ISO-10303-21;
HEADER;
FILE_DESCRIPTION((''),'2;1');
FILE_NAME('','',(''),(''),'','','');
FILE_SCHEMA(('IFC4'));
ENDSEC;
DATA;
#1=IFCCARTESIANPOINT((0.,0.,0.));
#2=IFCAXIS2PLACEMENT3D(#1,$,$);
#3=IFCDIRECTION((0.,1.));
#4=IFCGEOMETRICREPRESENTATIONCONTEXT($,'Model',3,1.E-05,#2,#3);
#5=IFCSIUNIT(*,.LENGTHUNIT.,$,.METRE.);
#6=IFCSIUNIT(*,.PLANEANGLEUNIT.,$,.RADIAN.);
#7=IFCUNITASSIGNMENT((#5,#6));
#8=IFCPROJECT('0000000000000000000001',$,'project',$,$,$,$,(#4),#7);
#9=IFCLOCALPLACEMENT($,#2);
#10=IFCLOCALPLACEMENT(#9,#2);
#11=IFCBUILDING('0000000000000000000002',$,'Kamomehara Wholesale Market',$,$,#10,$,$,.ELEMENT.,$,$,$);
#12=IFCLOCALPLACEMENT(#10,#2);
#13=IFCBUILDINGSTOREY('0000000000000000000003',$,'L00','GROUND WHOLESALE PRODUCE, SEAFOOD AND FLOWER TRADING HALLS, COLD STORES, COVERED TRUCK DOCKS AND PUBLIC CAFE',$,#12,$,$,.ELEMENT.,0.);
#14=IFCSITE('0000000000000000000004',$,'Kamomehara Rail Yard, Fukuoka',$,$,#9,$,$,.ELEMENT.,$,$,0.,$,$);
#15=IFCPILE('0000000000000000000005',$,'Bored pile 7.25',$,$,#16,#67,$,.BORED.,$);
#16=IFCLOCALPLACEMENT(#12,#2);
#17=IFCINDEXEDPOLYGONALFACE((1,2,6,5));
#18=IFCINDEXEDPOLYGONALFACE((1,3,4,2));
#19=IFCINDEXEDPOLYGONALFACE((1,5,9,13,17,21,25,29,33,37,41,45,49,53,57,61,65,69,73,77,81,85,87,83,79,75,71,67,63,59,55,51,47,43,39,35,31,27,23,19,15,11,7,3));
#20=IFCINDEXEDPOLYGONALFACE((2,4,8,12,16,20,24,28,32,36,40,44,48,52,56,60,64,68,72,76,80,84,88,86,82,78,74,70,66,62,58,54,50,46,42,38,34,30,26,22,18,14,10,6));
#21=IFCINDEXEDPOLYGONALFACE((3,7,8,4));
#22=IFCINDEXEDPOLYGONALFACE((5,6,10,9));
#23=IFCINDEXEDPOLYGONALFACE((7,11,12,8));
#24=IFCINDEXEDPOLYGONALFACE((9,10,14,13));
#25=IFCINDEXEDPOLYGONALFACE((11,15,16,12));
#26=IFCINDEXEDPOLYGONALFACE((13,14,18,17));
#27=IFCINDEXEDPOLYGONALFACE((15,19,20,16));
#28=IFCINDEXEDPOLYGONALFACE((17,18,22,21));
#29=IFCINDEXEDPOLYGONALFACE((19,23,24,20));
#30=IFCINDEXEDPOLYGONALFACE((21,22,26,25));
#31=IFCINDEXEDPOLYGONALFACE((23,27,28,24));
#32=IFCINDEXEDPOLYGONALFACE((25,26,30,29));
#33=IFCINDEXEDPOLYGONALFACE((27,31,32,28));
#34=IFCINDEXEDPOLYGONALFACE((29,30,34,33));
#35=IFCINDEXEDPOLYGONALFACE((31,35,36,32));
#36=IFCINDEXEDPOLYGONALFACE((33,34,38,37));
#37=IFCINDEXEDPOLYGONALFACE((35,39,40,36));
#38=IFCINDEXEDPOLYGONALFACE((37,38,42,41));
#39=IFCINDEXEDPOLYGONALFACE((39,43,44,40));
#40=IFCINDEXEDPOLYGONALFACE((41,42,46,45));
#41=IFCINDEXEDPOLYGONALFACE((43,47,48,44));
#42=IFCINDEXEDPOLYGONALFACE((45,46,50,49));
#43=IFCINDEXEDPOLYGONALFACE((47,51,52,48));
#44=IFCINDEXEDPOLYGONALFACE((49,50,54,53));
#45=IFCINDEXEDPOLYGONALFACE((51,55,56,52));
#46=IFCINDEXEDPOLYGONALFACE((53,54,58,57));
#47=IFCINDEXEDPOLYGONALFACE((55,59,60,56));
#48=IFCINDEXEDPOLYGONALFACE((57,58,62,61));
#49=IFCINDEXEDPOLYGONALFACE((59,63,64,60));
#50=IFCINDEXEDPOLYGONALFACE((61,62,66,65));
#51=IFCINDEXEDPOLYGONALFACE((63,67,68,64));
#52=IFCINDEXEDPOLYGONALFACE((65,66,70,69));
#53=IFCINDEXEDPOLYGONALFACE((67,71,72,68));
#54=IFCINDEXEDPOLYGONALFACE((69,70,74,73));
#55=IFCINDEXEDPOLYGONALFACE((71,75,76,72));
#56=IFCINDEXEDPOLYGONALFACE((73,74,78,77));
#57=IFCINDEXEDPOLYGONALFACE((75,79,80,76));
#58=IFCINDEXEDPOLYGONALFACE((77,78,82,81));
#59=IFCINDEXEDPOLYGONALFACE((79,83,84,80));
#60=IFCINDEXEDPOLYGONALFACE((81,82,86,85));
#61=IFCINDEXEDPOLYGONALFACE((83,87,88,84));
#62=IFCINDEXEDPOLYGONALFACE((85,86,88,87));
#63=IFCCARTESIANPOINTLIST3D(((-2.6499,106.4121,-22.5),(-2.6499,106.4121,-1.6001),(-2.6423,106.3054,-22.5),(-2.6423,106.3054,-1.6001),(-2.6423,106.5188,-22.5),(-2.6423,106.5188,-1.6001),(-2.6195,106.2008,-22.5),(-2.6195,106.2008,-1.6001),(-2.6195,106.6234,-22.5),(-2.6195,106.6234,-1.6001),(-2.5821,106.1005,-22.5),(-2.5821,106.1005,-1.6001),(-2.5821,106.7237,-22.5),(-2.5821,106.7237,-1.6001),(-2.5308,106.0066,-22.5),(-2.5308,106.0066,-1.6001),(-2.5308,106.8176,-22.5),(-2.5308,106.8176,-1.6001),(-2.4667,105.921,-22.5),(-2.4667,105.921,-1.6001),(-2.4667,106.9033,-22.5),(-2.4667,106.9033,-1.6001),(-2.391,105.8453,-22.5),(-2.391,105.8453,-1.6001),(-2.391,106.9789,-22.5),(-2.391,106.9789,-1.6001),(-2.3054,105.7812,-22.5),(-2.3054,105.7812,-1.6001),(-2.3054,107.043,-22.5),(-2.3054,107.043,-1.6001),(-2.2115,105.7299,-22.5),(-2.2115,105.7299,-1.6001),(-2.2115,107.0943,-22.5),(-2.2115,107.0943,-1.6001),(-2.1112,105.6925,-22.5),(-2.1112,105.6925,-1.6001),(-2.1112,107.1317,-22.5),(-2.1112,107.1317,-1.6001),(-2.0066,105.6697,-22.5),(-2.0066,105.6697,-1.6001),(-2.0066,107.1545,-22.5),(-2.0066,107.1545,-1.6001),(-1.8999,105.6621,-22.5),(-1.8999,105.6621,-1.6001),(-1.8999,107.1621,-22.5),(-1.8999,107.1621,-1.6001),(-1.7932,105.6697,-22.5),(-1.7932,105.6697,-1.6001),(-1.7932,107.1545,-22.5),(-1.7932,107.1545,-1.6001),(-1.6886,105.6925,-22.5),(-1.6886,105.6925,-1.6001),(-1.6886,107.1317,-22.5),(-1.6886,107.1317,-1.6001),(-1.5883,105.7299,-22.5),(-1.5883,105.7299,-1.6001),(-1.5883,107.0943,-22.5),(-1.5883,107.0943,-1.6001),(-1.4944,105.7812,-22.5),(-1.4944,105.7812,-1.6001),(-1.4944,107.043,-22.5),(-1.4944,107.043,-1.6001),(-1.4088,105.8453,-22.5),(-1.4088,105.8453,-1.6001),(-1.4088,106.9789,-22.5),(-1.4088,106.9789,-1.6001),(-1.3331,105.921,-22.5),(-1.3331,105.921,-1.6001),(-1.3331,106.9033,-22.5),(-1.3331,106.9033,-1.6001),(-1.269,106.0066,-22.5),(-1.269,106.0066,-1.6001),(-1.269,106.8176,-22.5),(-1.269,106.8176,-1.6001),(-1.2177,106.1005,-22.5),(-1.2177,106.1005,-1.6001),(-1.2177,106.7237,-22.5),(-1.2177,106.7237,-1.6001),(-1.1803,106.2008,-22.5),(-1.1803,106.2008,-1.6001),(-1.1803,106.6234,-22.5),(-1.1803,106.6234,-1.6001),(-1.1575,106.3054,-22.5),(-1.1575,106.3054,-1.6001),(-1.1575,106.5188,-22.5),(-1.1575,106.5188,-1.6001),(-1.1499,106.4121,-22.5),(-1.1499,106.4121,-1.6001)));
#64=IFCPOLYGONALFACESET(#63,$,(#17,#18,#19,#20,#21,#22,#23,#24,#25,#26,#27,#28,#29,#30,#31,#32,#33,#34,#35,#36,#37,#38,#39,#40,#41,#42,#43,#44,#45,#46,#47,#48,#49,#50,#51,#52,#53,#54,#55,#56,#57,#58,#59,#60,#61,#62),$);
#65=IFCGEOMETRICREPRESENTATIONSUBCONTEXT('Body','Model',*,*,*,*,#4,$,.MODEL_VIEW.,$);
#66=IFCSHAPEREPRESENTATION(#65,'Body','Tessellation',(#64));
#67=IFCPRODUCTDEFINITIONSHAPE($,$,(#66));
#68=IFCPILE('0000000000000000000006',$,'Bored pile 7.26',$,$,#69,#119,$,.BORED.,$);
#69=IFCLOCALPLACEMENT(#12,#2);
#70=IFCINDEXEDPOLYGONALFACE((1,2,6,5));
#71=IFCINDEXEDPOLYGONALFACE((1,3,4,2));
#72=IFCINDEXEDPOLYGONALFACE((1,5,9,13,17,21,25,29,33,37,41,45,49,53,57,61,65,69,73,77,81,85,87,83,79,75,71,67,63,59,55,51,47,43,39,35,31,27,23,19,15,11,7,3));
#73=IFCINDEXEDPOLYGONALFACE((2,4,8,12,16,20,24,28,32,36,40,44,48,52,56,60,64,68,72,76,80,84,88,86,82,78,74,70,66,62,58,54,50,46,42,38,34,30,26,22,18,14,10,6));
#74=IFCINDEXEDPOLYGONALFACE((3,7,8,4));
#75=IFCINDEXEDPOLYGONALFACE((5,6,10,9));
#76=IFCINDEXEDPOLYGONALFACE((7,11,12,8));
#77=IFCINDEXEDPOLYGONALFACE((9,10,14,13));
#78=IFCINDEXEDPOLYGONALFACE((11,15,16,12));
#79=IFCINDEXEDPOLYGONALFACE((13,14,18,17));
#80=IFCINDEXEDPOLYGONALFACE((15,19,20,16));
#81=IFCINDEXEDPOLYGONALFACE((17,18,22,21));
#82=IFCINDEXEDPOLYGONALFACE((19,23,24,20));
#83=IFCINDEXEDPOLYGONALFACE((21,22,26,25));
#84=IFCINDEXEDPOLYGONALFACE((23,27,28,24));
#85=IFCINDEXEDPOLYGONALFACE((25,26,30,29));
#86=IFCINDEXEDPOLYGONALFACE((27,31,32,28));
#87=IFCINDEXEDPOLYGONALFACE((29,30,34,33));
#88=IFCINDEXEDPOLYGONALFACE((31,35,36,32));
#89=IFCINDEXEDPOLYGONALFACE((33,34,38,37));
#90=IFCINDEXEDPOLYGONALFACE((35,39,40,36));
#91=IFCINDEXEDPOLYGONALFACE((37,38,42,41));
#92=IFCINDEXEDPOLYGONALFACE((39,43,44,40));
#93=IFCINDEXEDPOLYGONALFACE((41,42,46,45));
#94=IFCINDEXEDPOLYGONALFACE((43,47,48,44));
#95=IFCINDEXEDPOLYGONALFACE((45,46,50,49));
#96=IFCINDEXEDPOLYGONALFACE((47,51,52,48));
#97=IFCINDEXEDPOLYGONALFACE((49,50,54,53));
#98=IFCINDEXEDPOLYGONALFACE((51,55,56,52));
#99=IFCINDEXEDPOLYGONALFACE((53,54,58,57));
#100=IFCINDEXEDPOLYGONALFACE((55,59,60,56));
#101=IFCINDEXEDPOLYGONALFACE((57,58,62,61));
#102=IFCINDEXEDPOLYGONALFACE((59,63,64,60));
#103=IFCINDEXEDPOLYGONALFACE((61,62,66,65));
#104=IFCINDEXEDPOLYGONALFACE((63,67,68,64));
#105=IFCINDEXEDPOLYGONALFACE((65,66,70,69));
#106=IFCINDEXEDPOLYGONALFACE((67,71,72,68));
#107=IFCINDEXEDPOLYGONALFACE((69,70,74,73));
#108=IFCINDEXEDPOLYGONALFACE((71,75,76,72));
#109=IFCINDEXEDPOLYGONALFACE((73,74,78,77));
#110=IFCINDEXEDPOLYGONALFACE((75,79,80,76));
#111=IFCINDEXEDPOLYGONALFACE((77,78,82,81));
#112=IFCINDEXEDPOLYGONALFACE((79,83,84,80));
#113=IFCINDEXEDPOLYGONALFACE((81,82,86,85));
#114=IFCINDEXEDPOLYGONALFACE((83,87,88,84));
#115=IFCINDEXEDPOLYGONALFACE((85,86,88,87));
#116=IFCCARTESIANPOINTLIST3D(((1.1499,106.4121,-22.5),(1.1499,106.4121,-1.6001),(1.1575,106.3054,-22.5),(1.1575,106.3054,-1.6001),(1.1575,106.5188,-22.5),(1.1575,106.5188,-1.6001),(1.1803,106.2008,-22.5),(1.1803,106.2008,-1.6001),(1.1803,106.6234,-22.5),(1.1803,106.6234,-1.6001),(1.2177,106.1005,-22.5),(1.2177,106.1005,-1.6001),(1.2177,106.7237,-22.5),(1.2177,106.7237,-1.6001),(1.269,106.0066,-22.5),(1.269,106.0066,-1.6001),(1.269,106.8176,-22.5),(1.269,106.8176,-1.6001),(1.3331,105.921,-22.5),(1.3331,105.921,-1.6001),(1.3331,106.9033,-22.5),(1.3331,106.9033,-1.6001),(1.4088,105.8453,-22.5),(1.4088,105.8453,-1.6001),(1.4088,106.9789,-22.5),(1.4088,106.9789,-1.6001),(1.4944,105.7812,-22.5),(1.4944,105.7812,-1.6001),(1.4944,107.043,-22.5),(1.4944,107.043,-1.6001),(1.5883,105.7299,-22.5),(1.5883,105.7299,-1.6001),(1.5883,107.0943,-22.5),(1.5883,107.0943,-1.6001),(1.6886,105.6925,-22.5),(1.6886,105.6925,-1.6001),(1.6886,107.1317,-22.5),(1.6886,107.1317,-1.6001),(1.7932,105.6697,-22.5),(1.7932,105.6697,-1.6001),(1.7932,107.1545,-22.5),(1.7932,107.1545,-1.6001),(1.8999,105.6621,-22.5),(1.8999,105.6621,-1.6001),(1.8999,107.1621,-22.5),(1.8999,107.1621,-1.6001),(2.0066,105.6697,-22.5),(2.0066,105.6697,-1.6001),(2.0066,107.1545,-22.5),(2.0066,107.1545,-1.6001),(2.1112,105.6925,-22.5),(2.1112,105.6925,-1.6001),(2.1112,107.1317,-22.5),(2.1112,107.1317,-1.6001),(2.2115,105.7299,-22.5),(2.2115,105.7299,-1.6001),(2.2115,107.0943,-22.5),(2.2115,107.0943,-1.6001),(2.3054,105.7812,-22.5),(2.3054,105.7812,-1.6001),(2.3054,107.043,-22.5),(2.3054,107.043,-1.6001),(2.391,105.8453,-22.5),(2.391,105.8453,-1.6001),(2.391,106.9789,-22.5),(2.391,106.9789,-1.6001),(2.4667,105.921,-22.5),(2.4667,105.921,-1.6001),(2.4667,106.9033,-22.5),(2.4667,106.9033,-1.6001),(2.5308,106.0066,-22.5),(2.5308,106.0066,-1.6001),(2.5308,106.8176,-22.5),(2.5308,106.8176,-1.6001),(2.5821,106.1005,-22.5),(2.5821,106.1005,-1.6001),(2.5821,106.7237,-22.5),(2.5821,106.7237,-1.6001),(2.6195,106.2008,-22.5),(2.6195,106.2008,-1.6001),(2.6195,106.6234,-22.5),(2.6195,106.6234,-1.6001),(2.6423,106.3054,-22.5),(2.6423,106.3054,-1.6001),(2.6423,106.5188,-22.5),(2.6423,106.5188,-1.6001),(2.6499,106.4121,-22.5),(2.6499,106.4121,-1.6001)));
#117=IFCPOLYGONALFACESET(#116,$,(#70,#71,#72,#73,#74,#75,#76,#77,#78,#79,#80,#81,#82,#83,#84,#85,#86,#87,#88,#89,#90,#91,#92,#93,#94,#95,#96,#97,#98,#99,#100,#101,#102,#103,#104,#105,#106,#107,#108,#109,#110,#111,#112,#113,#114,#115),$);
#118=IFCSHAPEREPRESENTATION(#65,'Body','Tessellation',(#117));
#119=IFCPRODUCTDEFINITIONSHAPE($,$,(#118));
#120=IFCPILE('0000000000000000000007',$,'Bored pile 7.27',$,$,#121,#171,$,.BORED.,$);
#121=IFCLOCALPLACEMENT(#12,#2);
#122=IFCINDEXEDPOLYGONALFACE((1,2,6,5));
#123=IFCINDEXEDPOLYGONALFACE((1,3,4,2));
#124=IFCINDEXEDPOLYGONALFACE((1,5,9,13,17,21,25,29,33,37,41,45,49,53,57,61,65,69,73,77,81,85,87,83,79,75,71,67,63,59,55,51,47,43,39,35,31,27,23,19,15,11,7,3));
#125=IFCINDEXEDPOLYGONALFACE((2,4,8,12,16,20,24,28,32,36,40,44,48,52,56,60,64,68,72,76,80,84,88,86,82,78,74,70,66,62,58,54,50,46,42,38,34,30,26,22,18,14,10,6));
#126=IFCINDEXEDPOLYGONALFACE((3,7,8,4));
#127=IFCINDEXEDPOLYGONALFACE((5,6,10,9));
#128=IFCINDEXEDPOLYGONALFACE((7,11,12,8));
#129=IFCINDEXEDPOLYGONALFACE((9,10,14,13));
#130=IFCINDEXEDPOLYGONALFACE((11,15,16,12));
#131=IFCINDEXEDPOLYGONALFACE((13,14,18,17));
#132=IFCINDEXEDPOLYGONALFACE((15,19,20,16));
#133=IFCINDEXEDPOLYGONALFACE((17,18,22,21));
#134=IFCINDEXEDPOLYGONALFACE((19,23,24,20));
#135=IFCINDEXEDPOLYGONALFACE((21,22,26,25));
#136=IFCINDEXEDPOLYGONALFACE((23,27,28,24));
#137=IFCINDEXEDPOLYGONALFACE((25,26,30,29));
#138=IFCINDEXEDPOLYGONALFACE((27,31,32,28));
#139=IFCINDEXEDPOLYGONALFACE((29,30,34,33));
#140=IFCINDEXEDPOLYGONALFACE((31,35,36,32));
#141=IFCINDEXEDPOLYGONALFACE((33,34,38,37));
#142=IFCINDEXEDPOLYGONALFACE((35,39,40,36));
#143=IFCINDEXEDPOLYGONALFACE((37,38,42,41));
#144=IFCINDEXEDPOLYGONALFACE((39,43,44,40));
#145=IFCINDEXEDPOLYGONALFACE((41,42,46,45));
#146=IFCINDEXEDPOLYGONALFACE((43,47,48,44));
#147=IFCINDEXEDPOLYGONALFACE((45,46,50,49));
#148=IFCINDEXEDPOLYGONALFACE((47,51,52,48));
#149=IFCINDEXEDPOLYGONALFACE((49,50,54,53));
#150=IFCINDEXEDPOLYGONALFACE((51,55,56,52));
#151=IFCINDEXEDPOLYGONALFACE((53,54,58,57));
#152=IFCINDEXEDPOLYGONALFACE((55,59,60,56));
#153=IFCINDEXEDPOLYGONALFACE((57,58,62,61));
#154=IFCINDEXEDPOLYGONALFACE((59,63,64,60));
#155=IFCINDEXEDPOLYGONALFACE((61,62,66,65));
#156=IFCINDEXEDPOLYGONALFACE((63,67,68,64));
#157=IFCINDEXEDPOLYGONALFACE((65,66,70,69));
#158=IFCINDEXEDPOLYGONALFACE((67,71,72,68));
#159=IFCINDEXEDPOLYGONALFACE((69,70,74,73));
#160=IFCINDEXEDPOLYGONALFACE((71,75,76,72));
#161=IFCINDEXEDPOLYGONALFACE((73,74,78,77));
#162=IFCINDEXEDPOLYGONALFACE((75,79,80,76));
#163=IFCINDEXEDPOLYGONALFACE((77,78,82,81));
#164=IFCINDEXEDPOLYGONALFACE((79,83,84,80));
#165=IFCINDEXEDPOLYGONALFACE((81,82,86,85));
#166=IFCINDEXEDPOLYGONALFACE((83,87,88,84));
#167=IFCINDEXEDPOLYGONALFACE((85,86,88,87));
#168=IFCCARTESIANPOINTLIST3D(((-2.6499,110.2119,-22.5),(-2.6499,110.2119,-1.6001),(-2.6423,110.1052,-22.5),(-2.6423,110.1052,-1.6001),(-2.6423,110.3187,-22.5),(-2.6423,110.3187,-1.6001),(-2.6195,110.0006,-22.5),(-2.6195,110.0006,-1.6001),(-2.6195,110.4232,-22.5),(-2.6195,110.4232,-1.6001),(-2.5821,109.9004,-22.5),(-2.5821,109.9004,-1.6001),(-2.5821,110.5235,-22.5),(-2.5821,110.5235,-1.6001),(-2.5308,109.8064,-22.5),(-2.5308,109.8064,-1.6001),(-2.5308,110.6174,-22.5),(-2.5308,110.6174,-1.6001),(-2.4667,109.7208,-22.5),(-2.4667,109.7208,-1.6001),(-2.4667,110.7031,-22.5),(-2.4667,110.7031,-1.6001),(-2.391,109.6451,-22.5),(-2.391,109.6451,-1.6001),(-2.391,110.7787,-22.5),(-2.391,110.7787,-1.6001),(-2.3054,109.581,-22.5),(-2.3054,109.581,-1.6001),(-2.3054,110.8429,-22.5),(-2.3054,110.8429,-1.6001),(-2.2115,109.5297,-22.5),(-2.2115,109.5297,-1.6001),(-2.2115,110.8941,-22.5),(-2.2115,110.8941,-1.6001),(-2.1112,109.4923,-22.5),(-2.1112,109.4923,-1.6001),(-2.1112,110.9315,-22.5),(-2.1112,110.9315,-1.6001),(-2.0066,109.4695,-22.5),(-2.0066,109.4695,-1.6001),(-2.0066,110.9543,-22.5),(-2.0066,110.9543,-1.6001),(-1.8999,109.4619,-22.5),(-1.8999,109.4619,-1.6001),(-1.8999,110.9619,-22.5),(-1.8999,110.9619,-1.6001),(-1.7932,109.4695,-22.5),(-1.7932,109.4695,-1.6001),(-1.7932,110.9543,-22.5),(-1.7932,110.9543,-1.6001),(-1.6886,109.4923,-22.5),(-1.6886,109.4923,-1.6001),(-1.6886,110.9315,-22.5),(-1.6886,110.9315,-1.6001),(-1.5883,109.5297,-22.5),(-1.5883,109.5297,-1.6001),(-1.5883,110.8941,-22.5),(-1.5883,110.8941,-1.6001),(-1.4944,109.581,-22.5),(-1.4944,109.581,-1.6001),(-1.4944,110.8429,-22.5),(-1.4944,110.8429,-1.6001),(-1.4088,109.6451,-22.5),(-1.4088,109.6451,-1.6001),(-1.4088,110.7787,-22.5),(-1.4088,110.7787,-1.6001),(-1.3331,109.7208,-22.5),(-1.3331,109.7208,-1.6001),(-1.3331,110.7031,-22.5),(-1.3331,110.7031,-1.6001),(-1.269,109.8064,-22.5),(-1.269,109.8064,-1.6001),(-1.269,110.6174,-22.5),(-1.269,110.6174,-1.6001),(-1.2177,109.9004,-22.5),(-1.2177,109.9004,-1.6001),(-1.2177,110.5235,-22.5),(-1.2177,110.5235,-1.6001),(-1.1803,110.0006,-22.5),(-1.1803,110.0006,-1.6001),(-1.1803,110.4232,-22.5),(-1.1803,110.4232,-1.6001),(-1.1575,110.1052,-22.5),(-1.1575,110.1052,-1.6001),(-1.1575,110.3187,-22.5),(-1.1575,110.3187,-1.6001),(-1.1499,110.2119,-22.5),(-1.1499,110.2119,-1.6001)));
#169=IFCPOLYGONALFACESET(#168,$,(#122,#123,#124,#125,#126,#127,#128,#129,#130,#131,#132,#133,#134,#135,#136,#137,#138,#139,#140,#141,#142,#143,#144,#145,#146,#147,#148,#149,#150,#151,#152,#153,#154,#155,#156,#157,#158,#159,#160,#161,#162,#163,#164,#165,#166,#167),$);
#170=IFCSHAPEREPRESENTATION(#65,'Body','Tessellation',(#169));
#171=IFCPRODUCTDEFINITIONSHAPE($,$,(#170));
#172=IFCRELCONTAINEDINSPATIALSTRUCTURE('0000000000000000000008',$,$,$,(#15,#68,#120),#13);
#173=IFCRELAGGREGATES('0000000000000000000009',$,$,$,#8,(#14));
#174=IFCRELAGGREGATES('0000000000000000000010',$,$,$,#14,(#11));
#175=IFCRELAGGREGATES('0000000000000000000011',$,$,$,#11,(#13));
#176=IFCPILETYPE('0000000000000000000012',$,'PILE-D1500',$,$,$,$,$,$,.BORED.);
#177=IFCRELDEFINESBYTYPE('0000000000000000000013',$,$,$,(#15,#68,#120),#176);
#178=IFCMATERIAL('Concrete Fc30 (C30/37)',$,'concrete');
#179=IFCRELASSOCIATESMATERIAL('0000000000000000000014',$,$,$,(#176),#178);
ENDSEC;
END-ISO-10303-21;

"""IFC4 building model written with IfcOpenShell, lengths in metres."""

from ifc_helpers import new_model, si_unit, direction, frame, origin, origin_2d, place, context, subcontext, project, spatial, circle, extrude, material, material_profile, profile_set, type_object, element, save


model = new_model("IFC4")

# Units and contexts
model_context = context("Model", 3, precision=1e-05, world=origin(), true_north=direction((0.0, 1.0)))
body_context = subcontext(model_context, "Body", "Model", "MODEL_VIEW")
ifc_project = project(units=[si_unit("LENGTHUNIT", "METRE"), si_unit("PLANEANGLEUNIT", "RADIAN")], contexts=[model_context])

# Site, building, storey
site_placement = place(None, origin())
site = spatial("IfcSite", under=ifc_project, at=site_placement, Name="Kamomehara Rail Yard, Fukuoka", CompositionType="ELEMENT", RefElevation=0.0)
building_placement = place(site_placement, origin())
building = spatial("IfcBuilding", under=site, at=building_placement, Name="Kamomehara Wholesale Market", CompositionType="ELEMENT")
storey_placement = place(building_placement, origin())
storey = spatial("IfcBuildingStorey", under=building, at=storey_placement, Name="L00", Description="GROUND WHOLESALE PRODUCE, SEAFOOD AND FLOWER TRADING HALLS, COLD STORES, COVERED TRUCK DOCKS AND PUBLIC CAFE", CompositionType="ELEMENT", Elevation=0.0)

# Piles
ifc_material_1 = material(Name="Concrete Fc30 (C30/37)", Category="concrete")
ifc_material_profile_1 = material_profile(ifc_material_1, circle(Radius=0.75, at=origin_2d()), Name="RC-PILE-D1500")
ifc_profile_set_1 = profile_set([ifc_material_profile_1], Name="Concrete Fc30 (C30/37)")
pile_type_1 = type_object("IfcPileType", Name="PILE-D1500", PredefinedType="BORED", material=ifc_profile_set_1)
for number, where, z_axis, x_axis, name in (
    (1, (-1.8999, 106.4121, -1.6001), (0.0, 0.0, -1.0), (1.0, 0.0, 0.0), "Bored pile 7.25"),
    (2, (1.8999, 106.4121, -1.6001), (0.0, 0.0, -1.0), (1.0, 0.0, 0.0), "Bored pile 7.26"),
    (3, (-1.8999, 110.2119, -1.6001), (0.0, 0.0, -1.0), (1.0, 0.0, 0.0), "Bored pile 7.27"),
):
    element("IfcPile", number, at=place(storey_placement, frame(where, z_axis=z_axis, x_axis=x_axis)), inside=storey, type_object=pile_type_1, Name=name, PredefinedType="BORED", context=body_context, shape_type="SweptSolid", body=[
        extrude(circle(Radius=0.75, at=origin_2d()), origin(), (0.0, 0.0, 1.0), 20.8999),
    ])

save(model, "model.ifc")
